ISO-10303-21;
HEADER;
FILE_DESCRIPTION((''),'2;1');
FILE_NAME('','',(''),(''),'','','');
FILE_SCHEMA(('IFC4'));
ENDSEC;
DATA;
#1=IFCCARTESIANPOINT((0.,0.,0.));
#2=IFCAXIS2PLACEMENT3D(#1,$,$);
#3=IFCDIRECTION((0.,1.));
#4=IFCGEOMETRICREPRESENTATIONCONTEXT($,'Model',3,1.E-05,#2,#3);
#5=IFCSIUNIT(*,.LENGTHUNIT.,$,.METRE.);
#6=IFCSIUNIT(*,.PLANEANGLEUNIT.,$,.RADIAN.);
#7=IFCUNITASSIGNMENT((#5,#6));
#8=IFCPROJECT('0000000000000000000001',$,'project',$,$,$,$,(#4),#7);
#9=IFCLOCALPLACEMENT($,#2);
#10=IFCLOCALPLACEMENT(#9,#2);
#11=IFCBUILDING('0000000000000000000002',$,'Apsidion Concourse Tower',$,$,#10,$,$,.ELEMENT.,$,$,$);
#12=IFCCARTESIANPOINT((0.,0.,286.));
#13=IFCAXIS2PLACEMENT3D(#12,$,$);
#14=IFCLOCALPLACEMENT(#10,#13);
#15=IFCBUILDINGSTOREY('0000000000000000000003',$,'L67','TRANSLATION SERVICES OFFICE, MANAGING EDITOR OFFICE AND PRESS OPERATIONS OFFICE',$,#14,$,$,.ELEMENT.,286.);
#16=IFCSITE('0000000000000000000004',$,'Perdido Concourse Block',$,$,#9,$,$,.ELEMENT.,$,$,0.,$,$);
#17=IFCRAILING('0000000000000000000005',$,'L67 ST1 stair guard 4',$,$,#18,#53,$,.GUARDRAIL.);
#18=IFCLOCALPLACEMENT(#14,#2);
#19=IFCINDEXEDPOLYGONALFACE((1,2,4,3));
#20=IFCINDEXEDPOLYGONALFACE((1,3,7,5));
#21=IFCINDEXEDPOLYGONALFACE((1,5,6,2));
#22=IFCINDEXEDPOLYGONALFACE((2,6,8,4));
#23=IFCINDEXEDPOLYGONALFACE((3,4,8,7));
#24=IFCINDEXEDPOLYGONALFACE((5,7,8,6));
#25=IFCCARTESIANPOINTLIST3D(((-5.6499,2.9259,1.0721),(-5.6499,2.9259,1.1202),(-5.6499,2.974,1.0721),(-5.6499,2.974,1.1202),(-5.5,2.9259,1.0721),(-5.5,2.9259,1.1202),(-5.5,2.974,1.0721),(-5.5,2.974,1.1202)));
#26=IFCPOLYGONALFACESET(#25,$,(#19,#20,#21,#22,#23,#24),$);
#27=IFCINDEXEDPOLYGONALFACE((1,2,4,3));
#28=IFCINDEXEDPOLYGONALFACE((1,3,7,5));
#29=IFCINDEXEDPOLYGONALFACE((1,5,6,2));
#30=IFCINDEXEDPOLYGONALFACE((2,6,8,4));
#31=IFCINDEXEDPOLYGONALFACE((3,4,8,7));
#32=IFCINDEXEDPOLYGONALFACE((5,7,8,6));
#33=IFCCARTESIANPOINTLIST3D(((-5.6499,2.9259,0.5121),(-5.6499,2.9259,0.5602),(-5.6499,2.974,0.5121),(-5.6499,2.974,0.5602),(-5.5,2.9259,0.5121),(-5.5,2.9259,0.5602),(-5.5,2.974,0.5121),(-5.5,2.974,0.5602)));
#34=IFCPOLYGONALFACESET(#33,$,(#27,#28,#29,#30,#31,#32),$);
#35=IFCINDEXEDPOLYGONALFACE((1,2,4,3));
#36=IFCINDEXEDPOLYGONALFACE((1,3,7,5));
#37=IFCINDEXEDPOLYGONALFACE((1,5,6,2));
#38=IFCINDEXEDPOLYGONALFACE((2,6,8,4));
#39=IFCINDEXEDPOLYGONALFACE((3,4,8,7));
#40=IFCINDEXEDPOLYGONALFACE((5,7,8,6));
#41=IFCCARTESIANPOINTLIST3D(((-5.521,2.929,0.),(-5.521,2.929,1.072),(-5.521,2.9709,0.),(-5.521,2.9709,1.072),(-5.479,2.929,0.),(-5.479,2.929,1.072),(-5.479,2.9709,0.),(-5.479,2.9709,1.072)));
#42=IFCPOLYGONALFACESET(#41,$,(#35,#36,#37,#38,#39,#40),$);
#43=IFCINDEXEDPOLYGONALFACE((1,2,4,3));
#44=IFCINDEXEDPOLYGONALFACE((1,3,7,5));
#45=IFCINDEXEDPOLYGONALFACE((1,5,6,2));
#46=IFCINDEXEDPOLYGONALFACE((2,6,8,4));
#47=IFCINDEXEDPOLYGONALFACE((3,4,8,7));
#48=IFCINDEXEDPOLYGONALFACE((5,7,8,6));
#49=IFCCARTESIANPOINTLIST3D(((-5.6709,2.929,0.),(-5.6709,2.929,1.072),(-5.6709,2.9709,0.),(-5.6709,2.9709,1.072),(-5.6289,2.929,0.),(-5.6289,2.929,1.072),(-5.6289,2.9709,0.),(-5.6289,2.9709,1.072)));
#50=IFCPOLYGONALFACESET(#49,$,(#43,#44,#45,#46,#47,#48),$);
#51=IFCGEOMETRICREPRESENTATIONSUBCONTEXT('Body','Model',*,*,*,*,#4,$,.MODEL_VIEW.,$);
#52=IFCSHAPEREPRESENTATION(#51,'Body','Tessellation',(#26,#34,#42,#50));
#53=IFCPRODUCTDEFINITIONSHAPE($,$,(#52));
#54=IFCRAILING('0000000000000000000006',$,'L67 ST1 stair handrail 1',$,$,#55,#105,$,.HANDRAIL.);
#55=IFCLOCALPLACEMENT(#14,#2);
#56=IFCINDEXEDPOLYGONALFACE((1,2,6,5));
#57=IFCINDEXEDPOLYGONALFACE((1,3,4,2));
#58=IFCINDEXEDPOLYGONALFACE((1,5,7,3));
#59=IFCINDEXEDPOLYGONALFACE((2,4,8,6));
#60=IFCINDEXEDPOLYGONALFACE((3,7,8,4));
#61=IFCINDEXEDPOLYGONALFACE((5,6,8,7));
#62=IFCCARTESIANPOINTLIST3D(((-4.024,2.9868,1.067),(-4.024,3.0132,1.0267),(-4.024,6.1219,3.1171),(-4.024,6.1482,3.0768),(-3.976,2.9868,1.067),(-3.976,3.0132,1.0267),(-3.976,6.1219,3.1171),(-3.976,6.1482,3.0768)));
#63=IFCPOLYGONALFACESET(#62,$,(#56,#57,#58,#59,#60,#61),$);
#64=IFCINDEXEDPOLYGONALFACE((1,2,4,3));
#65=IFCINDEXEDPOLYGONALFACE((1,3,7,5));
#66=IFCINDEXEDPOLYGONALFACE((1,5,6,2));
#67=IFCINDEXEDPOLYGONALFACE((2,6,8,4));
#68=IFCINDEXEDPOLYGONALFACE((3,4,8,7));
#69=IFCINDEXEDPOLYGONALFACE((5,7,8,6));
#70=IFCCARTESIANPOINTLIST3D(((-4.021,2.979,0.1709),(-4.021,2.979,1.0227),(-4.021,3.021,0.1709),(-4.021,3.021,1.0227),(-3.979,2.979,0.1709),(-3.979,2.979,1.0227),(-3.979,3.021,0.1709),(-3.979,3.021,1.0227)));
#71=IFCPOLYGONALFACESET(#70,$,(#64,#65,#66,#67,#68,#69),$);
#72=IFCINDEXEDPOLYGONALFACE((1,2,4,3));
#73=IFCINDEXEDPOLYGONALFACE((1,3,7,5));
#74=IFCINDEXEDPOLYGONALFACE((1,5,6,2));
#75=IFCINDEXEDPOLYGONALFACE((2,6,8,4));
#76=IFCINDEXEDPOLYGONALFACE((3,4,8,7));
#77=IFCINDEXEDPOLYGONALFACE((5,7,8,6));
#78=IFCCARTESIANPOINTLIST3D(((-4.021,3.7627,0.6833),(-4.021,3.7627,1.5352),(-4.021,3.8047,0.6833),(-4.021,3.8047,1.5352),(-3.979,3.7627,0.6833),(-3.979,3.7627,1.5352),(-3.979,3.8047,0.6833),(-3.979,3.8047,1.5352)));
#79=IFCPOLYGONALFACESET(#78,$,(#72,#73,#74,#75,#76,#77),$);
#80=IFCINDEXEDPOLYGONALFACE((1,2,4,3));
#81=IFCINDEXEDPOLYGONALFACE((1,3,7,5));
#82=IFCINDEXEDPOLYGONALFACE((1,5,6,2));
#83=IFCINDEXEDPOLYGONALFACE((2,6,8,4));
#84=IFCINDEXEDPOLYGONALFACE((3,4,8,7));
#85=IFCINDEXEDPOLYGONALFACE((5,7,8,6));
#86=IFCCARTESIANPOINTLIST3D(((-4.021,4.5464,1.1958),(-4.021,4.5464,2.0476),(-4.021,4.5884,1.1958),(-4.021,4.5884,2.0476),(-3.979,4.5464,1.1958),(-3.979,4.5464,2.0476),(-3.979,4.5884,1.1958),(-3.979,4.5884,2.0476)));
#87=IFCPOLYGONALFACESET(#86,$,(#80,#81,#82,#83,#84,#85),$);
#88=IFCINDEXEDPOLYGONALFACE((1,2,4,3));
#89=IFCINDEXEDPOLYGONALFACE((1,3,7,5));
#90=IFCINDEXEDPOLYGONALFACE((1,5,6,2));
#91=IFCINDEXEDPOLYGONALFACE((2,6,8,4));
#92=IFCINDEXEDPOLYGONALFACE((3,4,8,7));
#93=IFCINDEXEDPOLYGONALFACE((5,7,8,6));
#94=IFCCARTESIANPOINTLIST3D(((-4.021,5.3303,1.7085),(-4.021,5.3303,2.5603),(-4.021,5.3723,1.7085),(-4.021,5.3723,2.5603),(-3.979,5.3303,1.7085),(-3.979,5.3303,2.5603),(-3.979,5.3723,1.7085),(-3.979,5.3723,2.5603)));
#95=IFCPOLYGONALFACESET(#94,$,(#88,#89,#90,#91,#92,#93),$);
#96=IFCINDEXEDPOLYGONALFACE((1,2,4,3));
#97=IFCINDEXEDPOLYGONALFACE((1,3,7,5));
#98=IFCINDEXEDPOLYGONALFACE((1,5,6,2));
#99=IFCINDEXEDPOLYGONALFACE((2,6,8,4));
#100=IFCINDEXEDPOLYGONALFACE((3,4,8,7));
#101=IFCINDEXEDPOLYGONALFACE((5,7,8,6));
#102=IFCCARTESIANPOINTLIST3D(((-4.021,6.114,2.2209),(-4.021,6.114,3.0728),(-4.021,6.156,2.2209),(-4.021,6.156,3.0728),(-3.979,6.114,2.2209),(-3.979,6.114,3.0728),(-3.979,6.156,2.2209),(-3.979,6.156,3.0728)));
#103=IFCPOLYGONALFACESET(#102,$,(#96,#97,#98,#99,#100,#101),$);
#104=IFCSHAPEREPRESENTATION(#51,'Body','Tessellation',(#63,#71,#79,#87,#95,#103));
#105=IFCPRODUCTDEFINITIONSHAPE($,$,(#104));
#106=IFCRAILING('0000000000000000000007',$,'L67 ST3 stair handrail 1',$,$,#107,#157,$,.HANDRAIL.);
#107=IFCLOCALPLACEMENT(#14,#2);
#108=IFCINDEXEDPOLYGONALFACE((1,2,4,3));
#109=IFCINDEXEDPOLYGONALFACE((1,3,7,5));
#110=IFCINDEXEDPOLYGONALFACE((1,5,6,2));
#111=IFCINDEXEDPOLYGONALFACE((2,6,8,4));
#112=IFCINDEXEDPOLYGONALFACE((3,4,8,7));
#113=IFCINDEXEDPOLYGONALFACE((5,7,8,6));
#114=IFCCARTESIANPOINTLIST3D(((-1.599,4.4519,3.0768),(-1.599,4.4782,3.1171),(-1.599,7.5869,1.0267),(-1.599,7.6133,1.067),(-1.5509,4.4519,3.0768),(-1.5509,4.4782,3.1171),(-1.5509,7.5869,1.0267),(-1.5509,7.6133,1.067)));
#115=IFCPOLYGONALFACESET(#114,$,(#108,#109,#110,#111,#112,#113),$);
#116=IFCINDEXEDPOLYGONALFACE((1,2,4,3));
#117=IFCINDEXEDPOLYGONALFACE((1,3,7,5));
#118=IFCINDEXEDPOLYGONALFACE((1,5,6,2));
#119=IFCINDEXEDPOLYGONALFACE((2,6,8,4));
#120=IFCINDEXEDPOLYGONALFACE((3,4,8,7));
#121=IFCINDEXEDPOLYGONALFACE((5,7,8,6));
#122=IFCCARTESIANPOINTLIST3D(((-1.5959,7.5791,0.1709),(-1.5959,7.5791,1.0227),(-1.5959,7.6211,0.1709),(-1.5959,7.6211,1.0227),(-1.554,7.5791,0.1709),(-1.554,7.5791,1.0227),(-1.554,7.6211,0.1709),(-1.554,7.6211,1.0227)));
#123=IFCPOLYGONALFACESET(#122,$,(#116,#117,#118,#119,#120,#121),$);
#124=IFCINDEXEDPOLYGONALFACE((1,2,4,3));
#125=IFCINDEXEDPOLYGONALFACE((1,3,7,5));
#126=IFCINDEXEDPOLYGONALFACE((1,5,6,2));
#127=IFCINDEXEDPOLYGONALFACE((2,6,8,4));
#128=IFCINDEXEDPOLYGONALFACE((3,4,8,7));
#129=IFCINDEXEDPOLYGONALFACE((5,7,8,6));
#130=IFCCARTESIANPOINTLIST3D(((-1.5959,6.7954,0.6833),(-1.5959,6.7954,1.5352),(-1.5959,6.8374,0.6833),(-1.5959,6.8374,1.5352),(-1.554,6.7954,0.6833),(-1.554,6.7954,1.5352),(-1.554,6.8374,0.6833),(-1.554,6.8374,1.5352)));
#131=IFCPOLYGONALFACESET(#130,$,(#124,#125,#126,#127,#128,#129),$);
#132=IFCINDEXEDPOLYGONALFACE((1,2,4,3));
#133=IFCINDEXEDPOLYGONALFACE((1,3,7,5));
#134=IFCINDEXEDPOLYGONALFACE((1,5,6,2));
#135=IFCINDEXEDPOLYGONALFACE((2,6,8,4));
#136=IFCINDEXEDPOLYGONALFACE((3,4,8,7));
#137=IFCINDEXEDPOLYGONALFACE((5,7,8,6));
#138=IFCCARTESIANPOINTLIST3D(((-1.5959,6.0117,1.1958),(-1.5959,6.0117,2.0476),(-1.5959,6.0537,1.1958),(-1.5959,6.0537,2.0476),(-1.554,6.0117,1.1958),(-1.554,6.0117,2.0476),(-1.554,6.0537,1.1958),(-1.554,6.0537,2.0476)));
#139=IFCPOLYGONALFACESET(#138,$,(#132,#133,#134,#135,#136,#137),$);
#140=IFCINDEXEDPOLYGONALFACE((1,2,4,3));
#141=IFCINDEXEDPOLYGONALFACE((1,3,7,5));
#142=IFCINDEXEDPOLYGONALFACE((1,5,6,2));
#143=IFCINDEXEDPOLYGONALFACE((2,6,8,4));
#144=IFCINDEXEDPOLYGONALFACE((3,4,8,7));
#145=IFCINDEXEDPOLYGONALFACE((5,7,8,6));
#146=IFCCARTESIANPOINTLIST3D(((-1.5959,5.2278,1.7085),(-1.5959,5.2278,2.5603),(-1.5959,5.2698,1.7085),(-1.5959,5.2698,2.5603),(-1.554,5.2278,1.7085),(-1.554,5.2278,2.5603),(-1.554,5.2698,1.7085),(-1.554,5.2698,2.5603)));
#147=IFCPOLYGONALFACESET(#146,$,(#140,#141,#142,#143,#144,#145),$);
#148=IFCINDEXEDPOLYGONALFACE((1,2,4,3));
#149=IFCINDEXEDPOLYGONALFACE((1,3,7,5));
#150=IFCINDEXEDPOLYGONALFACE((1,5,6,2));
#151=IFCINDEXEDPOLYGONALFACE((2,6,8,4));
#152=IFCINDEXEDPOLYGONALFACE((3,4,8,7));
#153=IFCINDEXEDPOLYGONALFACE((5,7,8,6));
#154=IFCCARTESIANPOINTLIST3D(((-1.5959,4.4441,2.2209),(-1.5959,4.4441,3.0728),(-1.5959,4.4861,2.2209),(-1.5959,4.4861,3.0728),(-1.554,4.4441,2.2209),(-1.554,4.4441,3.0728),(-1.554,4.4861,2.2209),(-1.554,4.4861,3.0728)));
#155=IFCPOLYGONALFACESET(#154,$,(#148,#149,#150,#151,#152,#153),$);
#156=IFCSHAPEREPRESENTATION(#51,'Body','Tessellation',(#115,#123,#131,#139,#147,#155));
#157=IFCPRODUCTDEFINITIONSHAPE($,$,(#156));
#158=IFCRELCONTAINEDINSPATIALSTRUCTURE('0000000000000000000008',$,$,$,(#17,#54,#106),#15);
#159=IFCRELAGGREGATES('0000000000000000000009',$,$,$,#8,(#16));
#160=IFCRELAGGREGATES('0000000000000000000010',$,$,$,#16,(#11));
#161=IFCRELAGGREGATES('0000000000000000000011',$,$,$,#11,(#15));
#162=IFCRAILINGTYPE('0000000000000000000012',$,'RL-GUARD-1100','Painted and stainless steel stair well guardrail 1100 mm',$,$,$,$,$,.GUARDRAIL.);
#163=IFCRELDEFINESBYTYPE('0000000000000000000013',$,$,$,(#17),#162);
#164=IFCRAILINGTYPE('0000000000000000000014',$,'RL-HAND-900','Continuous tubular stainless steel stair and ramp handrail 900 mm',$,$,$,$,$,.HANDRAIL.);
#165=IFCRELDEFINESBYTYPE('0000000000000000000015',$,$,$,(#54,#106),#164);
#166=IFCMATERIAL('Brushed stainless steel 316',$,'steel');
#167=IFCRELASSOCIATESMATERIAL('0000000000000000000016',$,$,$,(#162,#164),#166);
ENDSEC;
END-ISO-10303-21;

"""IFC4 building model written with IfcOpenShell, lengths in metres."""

from ifc_helpers import new_model, si_unit, direction, frame, origin, origin_2d, place, context, subcontext, project, spatial, rectangle, extrude, material, type_object, element, save


model = new_model("IFC4")

# Units and contexts
model_context = context("Model", 3, precision=1e-05, world=origin(), true_north=direction((0.0, 1.0)))
body_context = subcontext(model_context, "Body", "Model", "MODEL_VIEW")
ifc_project = project(units=[si_unit("LENGTHUNIT", "METRE"), si_unit("PLANEANGLEUNIT", "RADIAN")], contexts=[model_context])

# Site, building, storey
site_placement = place(None, origin())
site = spatial("IfcSite", under=ifc_project, at=site_placement, Name="Perdido Concourse Block", CompositionType="ELEMENT", RefElevation=0.0)
building_placement = place(site_placement, origin())
building = spatial("IfcBuilding", under=site, at=building_placement, Name="Apsidion Concourse Tower", CompositionType="ELEMENT")
storey_placement = place(building_placement, frame((0.0, 0.0, 286.0)))
storey = spatial("IfcBuildingStorey", under=building, at=storey_placement, Name="L67", Description="TRANSLATION SERVICES OFFICE, MANAGING EDITOR OFFICE AND PRESS OPERATIONS OFFICE", CompositionType="ELEMENT", Elevation=286.0)

# Shared definitions
ifc_material_1 = material(Name="Brushed stainless steel 316", Category="steel")

# Railings
railing_type_1 = type_object("IfcRailingType", Name="RL-GUARD-1100", Description="Painted and stainless steel stair well guardrail 1100 mm", PredefinedType="GUARDRAIL", material=ifc_material_1)
railing_1_placement = place(storey_placement, frame((-5.5, 2.95, 0.0)))
element("IfcRailing", 1, at=railing_1_placement, inside=storey, type_object=railing_type_1, Name="L67 ST1 stair guard 4", PredefinedType="GUARDRAIL", context=body_context, shape_type="SweptSolid", body=[
    extrude(rectangle(XDim=0.0481, YDim=0.0481, at=origin_2d()), frame((0.0, 0.0, 1.0962), z_axis=(-1.0, 0.0, 0.0), x_axis=(0.0, -1.0, 0.0)), (0.0, 0.0, 1.0), 0.1499),
    extrude(rectangle(XDim=0.0481, YDim=0.0481, at=origin_2d()), frame((0.0, 0.0, 0.5361), z_axis=(-1.0, 0.0, 0.0), x_axis=(0.0, -1.0, 0.0)), (0.0, 0.0, 1.0), 0.1499),
    extrude(rectangle(XDim=0.042, YDim=0.042, at=origin_2d()), origin(), (0.0, 0.0, 1.0), 1.072),
    extrude(rectangle(XDim=0.042, YDim=0.042, at=origin_2d()), frame((-0.1499, 0.0, 0.0)), (0.0, 0.0, 1.0), 1.072),
])
railing_type_2 = type_object("IfcRailingType", Name="RL-HAND-900", Description="Continuous tubular stainless steel stair and ramp handrail 900 mm", PredefinedType="HANDRAIL", material=ifc_material_1)
railing_2_placement = place(storey_placement, frame((-4.0, 3.0, 0.1709)))
element("IfcRailing", 2, at=railing_2_placement, inside=storey, type_object=railing_type_2, Name="L67 ST1 stair handrail 1", PredefinedType="HANDRAIL", context=body_context, shape_type="SweptSolid", body=[
    extrude(rectangle(XDim=0.0481, YDim=0.0481, at=origin_2d()), frame((0.0, 0.0, 0.876), z_axis=(0.0, 0.836941, 0.547293), x_axis=(-1.0, 0.0, 0.0)), (0.0, 0.0, 1.0), 3.7458),
    extrude(rectangle(XDim=0.042, YDim=0.042, at=origin_2d()), origin(), (0.0, 0.0, 1.0), 0.8518),
    extrude(rectangle(XDim=0.042, YDim=0.042, at=origin_2d()), frame((0.0, 0.7837, 0.5125)), (0.0, 0.0, 1.0), 0.8518),
    extrude(rectangle(XDim=0.042, YDim=0.042, at=origin_2d()), frame((0.0, 1.5674, 1.0249)), (0.0, 0.0, 1.0), 0.8518),
    extrude(rectangle(XDim=0.042, YDim=0.042, at=origin_2d()), frame((0.0, 2.3513, 1.5376)), (0.0, 0.0, 1.0), 0.8518),
    extrude(rectangle(XDim=0.042, YDim=0.042, at=origin_2d()), frame((0.0, 3.135, 2.05)), (0.0, 0.0, 1.0), 0.8518),
])
railing_3_placement = place(storey_placement, frame((-1.575, 7.6001, 0.1709)))
element("IfcRailing", 3, at=railing_3_placement, inside=storey, type_object=railing_type_2, Name="L67 ST3 stair handrail 1", PredefinedType="HANDRAIL", context=body_context, shape_type="SweptSolid", body=[
    extrude(rectangle(XDim=0.0481, YDim=0.0481, at=origin_2d()), frame((0.0, 0.0, 0.876), z_axis=(0.0, -0.836941, 0.547293), x_axis=(1.0, 0.0, 0.0)), (0.0, 0.0, 1.0), 3.7458),
    extrude(rectangle(XDim=0.042, YDim=0.042, at=origin_2d()), origin(), (0.0, 0.0, 1.0), 0.8518),
    extrude(rectangle(XDim=0.042, YDim=0.042, at=origin_2d()), frame((0.0, -0.7837, 0.5125)), (0.0, 0.0, 1.0), 0.8518),
    extrude(rectangle(XDim=0.042, YDim=0.042, at=origin_2d()), frame((0.0, -1.5674, 1.0249)), (0.0, 0.0, 1.0), 0.8518),
    extrude(rectangle(XDim=0.042, YDim=0.042, at=origin_2d()), frame((0.0, -2.3513, 1.5376)), (0.0, 0.0, 1.0), 0.8518),
    extrude(rectangle(XDim=0.042, YDim=0.042, at=origin_2d()), frame((0.0, -3.135, 2.05)), (0.0, 0.0, 1.0), 0.8518),
])

save(model, "model.ifc")
